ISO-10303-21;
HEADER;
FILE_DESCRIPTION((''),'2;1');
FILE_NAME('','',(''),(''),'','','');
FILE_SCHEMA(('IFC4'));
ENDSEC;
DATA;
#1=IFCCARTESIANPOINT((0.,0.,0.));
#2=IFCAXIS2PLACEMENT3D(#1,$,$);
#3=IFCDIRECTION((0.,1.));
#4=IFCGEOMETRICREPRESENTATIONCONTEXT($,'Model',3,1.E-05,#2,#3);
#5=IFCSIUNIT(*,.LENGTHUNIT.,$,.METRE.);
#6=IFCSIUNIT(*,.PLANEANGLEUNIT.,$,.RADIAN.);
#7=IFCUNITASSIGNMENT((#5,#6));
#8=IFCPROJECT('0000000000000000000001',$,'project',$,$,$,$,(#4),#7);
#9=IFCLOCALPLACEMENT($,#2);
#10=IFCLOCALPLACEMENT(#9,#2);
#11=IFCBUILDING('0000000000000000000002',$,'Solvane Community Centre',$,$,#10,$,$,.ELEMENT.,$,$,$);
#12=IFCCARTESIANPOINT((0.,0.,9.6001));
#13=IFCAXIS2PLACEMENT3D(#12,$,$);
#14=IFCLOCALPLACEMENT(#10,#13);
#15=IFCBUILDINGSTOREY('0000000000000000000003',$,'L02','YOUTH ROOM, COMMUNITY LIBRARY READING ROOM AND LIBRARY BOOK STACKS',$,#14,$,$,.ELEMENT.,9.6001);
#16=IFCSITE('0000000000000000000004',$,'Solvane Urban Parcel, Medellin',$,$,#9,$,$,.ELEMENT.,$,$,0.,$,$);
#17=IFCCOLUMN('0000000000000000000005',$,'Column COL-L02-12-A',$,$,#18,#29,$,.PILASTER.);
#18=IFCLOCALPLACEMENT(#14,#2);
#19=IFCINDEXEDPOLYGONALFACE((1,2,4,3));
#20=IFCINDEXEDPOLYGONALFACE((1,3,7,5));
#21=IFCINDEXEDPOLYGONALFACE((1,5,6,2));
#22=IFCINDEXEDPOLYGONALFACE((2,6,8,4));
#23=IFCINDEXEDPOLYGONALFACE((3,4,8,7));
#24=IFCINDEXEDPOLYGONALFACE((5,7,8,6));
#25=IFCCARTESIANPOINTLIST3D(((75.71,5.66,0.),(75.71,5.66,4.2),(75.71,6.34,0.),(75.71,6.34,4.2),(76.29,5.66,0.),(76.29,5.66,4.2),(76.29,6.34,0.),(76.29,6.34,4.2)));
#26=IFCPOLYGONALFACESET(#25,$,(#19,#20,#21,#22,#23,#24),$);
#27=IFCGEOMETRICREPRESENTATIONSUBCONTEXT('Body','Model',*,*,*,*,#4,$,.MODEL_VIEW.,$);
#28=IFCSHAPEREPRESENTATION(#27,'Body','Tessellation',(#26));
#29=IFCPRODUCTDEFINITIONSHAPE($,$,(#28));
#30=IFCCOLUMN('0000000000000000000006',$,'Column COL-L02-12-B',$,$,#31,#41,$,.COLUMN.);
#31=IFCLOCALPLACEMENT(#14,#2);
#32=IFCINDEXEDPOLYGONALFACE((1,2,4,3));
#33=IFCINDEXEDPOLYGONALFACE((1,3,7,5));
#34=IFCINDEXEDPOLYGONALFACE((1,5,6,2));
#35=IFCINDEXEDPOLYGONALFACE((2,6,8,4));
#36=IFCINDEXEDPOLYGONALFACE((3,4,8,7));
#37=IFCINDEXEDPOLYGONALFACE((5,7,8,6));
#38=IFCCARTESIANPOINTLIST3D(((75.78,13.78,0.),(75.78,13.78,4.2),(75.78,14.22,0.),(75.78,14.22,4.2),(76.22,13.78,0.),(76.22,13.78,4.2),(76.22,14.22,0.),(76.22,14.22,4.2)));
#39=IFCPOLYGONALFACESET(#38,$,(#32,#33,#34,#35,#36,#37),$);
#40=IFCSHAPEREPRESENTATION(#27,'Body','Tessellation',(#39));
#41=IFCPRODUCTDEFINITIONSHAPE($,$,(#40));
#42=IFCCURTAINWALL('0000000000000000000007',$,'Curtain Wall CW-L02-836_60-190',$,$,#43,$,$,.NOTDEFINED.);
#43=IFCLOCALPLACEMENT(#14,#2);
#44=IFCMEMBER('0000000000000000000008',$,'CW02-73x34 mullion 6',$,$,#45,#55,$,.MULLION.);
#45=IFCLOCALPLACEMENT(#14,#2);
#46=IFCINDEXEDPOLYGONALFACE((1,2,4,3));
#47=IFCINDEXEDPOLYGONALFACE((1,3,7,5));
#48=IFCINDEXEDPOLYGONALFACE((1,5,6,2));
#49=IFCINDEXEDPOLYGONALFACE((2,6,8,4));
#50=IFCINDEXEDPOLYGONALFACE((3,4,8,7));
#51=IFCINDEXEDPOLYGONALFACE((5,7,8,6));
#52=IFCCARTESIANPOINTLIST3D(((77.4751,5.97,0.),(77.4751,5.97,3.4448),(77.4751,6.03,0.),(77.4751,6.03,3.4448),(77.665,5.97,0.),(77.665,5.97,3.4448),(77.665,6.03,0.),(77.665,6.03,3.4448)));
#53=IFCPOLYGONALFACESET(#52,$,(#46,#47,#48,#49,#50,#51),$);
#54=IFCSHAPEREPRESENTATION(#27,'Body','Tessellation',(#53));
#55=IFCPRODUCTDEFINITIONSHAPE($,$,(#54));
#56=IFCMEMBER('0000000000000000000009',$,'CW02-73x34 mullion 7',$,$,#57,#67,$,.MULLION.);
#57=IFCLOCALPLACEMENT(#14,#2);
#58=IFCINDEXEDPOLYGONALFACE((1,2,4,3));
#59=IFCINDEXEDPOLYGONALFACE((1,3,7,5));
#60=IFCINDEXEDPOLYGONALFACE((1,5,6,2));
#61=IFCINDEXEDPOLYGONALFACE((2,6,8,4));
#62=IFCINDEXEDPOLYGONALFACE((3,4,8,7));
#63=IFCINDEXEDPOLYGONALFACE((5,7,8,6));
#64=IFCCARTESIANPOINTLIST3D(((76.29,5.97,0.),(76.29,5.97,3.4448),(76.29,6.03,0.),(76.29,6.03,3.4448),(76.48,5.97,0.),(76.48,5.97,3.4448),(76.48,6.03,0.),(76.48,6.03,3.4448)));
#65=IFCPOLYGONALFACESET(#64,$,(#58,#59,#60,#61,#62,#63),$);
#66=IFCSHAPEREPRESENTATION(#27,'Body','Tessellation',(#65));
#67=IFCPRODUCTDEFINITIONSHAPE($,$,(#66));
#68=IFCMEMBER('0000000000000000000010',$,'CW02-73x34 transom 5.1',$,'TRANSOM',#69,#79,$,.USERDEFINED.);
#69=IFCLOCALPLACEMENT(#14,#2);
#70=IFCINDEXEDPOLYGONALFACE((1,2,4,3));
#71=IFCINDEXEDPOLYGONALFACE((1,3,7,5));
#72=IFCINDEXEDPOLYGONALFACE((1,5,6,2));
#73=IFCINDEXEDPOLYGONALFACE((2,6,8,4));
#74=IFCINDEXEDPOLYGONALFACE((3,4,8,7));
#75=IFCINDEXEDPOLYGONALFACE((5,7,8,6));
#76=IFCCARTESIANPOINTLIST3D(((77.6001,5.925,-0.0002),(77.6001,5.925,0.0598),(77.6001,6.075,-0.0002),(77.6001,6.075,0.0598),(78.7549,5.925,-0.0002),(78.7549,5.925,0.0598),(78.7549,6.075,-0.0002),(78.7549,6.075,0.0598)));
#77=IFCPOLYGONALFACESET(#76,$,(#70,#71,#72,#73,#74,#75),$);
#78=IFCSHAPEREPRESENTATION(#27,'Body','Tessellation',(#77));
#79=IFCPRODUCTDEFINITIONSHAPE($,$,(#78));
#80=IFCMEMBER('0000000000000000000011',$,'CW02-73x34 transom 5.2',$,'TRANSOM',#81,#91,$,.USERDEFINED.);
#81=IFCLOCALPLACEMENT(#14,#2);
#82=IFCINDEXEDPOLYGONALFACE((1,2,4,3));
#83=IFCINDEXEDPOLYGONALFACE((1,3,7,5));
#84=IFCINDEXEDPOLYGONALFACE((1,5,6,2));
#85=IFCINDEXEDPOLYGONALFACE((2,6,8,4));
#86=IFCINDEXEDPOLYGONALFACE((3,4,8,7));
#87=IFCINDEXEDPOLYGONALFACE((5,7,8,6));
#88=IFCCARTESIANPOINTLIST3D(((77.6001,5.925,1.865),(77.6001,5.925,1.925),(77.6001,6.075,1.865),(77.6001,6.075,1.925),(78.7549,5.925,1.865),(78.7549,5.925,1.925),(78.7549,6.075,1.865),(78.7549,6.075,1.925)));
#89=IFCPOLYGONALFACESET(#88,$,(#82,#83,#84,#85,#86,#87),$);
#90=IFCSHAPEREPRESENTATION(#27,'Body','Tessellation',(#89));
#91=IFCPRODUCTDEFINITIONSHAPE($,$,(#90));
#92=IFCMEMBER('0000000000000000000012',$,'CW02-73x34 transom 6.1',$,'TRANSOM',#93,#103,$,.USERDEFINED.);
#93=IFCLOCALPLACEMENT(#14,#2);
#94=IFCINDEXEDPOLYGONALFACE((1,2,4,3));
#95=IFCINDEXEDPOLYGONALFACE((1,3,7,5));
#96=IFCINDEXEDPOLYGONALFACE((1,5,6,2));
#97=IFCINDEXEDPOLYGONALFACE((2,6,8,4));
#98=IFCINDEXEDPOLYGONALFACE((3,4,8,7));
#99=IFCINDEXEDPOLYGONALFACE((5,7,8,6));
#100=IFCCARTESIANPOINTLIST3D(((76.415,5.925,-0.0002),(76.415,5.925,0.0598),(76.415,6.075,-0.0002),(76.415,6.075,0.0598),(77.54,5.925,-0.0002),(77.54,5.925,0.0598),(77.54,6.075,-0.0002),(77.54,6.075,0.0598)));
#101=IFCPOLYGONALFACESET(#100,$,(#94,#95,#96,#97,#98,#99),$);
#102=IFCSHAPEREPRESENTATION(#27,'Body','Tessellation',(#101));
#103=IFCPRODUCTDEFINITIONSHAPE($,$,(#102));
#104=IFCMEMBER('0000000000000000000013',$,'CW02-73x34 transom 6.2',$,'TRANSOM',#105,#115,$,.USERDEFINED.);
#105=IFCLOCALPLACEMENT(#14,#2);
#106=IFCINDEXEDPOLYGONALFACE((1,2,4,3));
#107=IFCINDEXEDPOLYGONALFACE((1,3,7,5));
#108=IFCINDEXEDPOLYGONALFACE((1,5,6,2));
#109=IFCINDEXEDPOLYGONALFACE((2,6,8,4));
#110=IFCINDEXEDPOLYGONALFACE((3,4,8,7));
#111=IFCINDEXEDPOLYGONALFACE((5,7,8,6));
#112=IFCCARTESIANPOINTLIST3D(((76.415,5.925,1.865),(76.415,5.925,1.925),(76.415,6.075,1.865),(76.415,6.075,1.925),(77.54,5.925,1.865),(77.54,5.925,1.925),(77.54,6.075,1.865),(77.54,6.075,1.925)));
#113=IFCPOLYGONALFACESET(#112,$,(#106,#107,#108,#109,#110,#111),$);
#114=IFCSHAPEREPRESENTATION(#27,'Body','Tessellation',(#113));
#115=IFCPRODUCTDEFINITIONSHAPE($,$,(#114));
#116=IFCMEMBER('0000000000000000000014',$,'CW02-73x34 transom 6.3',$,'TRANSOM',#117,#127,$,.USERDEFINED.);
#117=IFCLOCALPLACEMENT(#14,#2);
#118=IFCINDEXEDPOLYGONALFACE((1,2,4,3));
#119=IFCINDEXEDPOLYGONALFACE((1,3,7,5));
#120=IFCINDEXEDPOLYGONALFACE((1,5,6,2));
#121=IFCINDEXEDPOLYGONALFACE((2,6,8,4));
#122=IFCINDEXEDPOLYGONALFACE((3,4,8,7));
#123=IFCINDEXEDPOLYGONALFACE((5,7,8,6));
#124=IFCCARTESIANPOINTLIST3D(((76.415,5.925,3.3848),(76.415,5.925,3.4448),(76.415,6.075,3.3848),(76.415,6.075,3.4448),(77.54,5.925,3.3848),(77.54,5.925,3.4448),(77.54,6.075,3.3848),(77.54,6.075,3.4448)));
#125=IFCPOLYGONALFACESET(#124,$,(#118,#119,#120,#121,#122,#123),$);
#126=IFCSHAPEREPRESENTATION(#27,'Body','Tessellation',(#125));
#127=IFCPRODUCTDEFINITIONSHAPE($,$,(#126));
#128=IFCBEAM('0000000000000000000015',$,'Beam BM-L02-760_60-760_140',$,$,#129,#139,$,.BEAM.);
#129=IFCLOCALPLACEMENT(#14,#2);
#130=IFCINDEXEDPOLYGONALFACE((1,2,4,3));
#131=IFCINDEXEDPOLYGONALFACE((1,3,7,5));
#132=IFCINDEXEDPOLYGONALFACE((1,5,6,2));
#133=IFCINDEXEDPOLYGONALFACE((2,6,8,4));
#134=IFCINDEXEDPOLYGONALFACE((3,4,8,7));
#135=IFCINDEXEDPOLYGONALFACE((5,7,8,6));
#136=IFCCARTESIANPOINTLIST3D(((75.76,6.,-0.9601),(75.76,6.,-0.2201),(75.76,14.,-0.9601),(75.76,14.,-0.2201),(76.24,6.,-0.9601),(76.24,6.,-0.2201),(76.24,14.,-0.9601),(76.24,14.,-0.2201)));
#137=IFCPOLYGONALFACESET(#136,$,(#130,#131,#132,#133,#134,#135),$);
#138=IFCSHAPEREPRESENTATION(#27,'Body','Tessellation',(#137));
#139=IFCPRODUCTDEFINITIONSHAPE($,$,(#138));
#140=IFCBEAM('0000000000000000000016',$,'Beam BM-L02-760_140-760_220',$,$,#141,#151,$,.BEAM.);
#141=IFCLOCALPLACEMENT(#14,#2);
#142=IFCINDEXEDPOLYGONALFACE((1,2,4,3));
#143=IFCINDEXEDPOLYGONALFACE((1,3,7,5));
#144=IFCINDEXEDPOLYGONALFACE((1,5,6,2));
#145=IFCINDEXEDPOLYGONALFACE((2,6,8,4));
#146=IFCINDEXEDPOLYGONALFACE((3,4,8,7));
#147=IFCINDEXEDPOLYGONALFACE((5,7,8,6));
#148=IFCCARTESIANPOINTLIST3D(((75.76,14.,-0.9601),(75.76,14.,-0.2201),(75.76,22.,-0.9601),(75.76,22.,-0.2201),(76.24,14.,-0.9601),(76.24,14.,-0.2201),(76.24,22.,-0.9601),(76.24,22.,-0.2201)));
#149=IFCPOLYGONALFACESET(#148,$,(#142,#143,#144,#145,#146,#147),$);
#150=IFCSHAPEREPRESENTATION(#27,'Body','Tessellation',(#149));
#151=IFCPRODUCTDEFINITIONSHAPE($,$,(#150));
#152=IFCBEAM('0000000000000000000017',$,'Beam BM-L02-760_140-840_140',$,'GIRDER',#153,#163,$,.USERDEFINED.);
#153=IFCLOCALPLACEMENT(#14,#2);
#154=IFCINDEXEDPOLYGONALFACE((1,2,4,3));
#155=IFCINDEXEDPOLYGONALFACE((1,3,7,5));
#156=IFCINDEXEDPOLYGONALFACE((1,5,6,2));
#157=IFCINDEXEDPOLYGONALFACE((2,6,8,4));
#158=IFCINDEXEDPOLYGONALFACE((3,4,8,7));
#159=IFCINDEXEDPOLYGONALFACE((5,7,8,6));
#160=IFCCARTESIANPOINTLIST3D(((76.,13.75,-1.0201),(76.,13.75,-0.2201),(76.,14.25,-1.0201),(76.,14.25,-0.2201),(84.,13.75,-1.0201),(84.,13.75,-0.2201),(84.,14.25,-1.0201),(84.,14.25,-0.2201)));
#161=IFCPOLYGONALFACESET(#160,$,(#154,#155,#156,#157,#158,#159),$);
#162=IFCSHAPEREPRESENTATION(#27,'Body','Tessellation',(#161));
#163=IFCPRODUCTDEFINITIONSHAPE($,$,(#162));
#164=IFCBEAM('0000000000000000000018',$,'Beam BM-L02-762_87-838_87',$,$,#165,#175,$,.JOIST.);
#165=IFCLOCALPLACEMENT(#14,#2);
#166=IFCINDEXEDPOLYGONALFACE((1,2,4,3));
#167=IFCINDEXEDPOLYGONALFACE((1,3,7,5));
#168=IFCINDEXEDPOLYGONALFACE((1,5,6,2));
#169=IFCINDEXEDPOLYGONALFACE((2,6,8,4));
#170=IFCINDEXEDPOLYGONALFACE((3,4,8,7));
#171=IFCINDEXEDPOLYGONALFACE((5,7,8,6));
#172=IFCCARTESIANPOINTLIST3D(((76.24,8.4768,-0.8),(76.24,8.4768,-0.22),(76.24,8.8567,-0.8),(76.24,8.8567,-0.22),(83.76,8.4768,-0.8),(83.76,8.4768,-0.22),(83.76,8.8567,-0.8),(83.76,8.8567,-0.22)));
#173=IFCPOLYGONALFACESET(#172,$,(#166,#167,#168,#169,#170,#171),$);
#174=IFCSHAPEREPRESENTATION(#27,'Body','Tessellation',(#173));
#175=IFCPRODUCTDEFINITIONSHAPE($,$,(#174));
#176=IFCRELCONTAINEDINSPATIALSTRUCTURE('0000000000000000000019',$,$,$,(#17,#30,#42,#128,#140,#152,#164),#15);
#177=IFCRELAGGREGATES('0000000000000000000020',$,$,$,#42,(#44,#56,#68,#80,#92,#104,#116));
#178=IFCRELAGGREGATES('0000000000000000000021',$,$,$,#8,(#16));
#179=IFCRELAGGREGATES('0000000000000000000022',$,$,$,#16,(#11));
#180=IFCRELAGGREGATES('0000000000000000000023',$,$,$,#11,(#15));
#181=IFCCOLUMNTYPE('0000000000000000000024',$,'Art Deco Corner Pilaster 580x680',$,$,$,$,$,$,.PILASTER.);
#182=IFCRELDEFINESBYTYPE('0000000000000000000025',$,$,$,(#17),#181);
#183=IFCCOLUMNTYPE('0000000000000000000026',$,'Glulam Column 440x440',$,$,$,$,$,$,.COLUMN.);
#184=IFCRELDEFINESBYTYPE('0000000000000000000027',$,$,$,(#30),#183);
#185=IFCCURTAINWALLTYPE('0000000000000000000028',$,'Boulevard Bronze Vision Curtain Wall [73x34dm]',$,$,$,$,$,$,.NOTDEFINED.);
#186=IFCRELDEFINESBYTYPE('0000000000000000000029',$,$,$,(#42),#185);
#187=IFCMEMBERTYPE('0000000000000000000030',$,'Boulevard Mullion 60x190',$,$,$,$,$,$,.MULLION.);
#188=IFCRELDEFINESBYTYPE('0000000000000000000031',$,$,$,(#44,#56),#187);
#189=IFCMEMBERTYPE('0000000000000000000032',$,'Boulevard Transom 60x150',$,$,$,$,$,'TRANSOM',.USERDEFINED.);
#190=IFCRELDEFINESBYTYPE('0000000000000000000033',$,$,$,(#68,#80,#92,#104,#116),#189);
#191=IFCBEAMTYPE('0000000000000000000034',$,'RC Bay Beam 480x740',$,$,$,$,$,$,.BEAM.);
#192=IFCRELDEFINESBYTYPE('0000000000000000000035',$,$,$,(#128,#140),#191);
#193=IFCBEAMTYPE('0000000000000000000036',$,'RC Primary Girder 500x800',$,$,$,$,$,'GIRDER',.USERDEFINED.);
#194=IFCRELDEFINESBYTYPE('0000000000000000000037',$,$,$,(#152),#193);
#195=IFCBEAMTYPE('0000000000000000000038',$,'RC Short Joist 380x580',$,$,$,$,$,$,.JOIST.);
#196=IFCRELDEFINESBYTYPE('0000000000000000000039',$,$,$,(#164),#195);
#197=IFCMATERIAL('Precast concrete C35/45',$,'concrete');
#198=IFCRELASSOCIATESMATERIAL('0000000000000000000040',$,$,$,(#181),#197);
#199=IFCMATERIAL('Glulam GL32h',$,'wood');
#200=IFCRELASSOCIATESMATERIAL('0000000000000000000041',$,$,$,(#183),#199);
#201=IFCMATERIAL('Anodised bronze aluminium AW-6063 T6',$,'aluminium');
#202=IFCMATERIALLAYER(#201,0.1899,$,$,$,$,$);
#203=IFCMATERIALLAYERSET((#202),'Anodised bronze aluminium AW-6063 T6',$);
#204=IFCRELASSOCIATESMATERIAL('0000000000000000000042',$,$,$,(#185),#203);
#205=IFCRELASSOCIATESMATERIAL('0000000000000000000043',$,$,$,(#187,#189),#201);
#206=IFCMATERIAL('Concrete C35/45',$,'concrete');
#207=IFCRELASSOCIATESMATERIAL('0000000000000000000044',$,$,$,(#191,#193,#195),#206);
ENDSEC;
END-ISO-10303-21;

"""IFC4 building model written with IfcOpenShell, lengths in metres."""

from ifc_helpers import new_model, si_unit, direction, frame, origin, origin_2d, place, context, subcontext, project, spatial, rectangle, extrude, material, layer, layer_set, material_profile, profile_set, type_object, element, aggregate, save


model = new_model("IFC4")

# Units and contexts
model_context = context("Model", 3, precision=1e-05, world=origin(), true_north=direction((0.0, 1.0)))
body_context = subcontext(model_context, "Body", "Model", "MODEL_VIEW")
ifc_project = project(units=[si_unit("LENGTHUNIT", "METRE"), si_unit("PLANEANGLEUNIT", "RADIAN")], contexts=[model_context])

# Site, building, storey
site_placement = place(None, origin())
site = spatial("IfcSite", under=ifc_project, at=site_placement, Name="Solvane Urban Parcel, Medellin", CompositionType="ELEMENT", RefElevation=0.0)
building_placement = place(site_placement, origin())
building = spatial("IfcBuilding", under=site, at=building_placement, Name="Solvane Community Centre", CompositionType="ELEMENT")
storey_placement = place(building_placement, frame((0.0, 0.0, 9.6001)))
storey = spatial("IfcBuildingStorey", under=building, at=storey_placement, Name="L02", Description="YOUTH ROOM, COMMUNITY LIBRARY READING ROOM AND LIBRARY BOOK STACKS", CompositionType="ELEMENT", Elevation=9.6001)

# Columns
ifc_material_1 = material(Name="Precast concrete C35/45", Category="concrete")
ifc_material_profile_1 = material_profile(ifc_material_1, rectangle(XDim=0.5801, YDim=0.6799, at=origin_2d()), Name="RC 580x680")
ifc_profile_set_1 = profile_set([ifc_material_profile_1], Name="Precast concrete C35/45")
column_type_1 = type_object("IfcColumnType", Name="Art Deco Corner Pilaster 580x680", PredefinedType="PILASTER", material=ifc_profile_set_1)
column_1_placement = place(storey_placement, frame((76.0, 6.0, 0.0), z_axis=(0.0, 0.0, 1.0), x_axis=(1.0, 0.0, 0.0)))
element("IfcColumn", 1, at=column_1_placement, inside=storey, type_object=column_type_1, Name="Column COL-L02-12-A", PredefinedType="PILASTER", context=body_context, shape_type="SweptSolid", body=[
    extrude(rectangle(XDim=0.5801, YDim=0.6799, at=origin_2d()), origin(), (0.0, 0.0, 1.0), 4.2),
])
ifc_material_2 = material(Name="Glulam GL32h", Category="wood")
ifc_material_profile_2 = material_profile(ifc_material_2, rectangle(XDim=0.4399, YDim=0.4399, at=origin_2d()), Name="GL32h 440x440")
ifc_profile_set_2 = profile_set([ifc_material_profile_2], Name="Glulam GL32h")
column_type_2 = type_object("IfcColumnType", Name="Glulam Column 440x440", PredefinedType="COLUMN", material=ifc_profile_set_2)
column_2_placement = place(storey_placement, frame((76.0, 14.0, 0.0), z_axis=(0.0, 0.0, 1.0), x_axis=(1.0, 0.0, 0.0)))
element("IfcColumn", 2, at=column_2_placement, inside=storey, type_object=column_type_2, Name="Column COL-L02-12-B", PredefinedType="COLUMN", context=body_context, shape_type="SweptSolid", body=[
    extrude(rectangle(XDim=0.4399, YDim=0.4399, at=origin_2d()), origin(), (0.0, 0.0, 1.0), 4.2),
])

# Curtain wall, members
ifc_material_3 = material(Name="Anodised bronze aluminium AW-6063 T6", Category="aluminium")
ifc_layer_1 = layer(ifc_material_3, 0.1899)
ifc_layer_set_1 = layer_set([ifc_layer_1], Name="Anodised bronze aluminium AW-6063 T6")
curtain_wall_type = type_object("IfcCurtainWallType", Name="Boulevard Bronze Vision Curtain Wall [73x34dm]", PredefinedType="NOTDEFINED", material=ifc_layer_set_1)
curtain_wall_placement = place(storey_placement, origin())
curtain_wall = element("IfcCurtainWall", 3, at=curtain_wall_placement, inside=storey, type_object=curtain_wall_type, Name="Curtain Wall CW-L02-836_60-190", PredefinedType="NOTDEFINED")
ifc_material_profile_3 = material_profile(ifc_material_3, rectangle(XDim=0.0601, YDim=0.1899, at=origin_2d()), Name="CW-M 60x190")
ifc_profile_set_3 = profile_set([ifc_material_profile_3], Name="Anodised bronze aluminium AW-6063 T6")
member_type_1 = type_object("IfcMemberType", Name="Boulevard Mullion 60x190", PredefinedType="MULLION", material=ifc_profile_set_3)
member_1_placement = place(storey_placement, frame((77.5701, 6.0, 0.0), z_axis=(0.0, 0.0, 1.0), x_axis=(0.0, -1.0, 0.0)))
member_1 = element("IfcMember", 4, at=member_1_placement, type_object=member_type_1, Name="CW02-73x34 mullion 6", PredefinedType="MULLION", context=body_context, shape_type="SweptSolid", body=[
    extrude(rectangle(XDim=0.0601, YDim=0.1899, at=origin_2d()), origin(), (0.0, 0.0, 1.0), 3.4448),
])
member_2_placement = place(storey_placement, frame((76.385, 6.0, 0.0), z_axis=(0.0, 0.0, 1.0), x_axis=(0.0, -1.0, 0.0)))
member_2 = element("IfcMember", 5, at=member_2_placement, type_object=member_type_1, Name="CW02-73x34 mullion 7", PredefinedType="MULLION", context=body_context, shape_type="SweptSolid", body=[
    extrude(rectangle(XDim=0.0601, YDim=0.1899, at=origin_2d()), origin(), (0.0, 0.0, 1.0), 3.4448),
])
ifc_material_profile_4 = material_profile(ifc_material_3, rectangle(XDim=0.1499, YDim=0.0601, at=origin_2d()), Name="CW-T 60x150")
ifc_profile_set_4 = profile_set([ifc_material_profile_4], Name="Anodised bronze aluminium AW-6063 T6")
member_type_2 = type_object("IfcMemberType", Name="Boulevard Transom 60x150", ElementType="TRANSOM", PredefinedType="USERDEFINED", material=ifc_profile_set_4)
member_3_placement = place(storey_placement, frame((78.7549, 6.0, 0.0298), z_axis=(-1.0, 0.0, 0.0), x_axis=(0.0, -1.0, 0.0)))
member_3 = element("IfcMember", 6, at=member_3_placement, type_object=member_type_2, Name="CW02-73x34 transom 5.1", ObjectType="TRANSOM", PredefinedType="USERDEFINED", context=body_context, shape_type="SweptSolid", body=[
    extrude(rectangle(XDim=0.1499, YDim=0.0601, at=origin_2d()), origin(), (0.0, 0.0, 1.0), 1.1548),
])
member_4_placement = place(storey_placement, frame((78.7549, 6.0, 1.895), z_axis=(-1.0, 0.0, 0.0), x_axis=(0.0, -1.0, 0.0)))
member_4 = element("IfcMember", 7, at=member_4_placement, type_object=member_type_2, Name="CW02-73x34 transom 5.2", ObjectType="TRANSOM", PredefinedType="USERDEFINED", context=body_context, shape_type="SweptSolid", body=[
    extrude(rectangle(XDim=0.1499, YDim=0.0601, at=origin_2d()), origin(), (0.0, 0.0, 1.0), 1.1548),
])
member_5_placement = place(storey_placement, frame((77.54, 6.0, 0.0298), z_axis=(-1.0, 0.0, 0.0), x_axis=(0.0, -1.0, 0.0)))
member_5 = element("IfcMember", 8, at=member_5_placement, type_object=member_type_2, Name="CW02-73x34 transom 6.1", ObjectType="TRANSOM", PredefinedType="USERDEFINED", context=body_context, shape_type="SweptSolid", body=[
    extrude(rectangle(XDim=0.1499, YDim=0.0601, at=origin_2d()), origin(), (0.0, 0.0, 1.0), 1.125),
])
member_6_placement = place(storey_placement, frame((77.54, 6.0, 1.895), z_axis=(-1.0, 0.0, 0.0), x_axis=(0.0, -1.0, 0.0)))
member_6 = element("IfcMember", 9, at=member_6_placement, type_object=member_type_2, Name="CW02-73x34 transom 6.2", ObjectType="TRANSOM", PredefinedType="USERDEFINED", context=body_context, shape_type="SweptSolid", body=[
    extrude(rectangle(XDim=0.1499, YDim=0.0601, at=origin_2d()), origin(), (0.0, 0.0, 1.0), 1.125),
])
member_7_placement = place(storey_placement, frame((77.54, 6.0, 3.4148), z_axis=(-1.0, 0.0, 0.0), x_axis=(0.0, -1.0, 0.0)))
member_7 = element("IfcMember", 10, at=member_7_placement, type_object=member_type_2, Name="CW02-73x34 transom 6.3", ObjectType="TRANSOM", PredefinedType="USERDEFINED", context=body_context, shape_type="SweptSolid", body=[
    extrude(rectangle(XDim=0.1499, YDim=0.0601, at=origin_2d()), origin(), (0.0, 0.0, 1.0), 1.125),
])

# Beams
ifc_material_4 = material(Name="Concrete C35/45", Category="concrete")
ifc_material_profile_5 = material_profile(ifc_material_4, rectangle(XDim=0.48, YDim=0.74, at=origin_2d()), Name="RC 480x740")
ifc_profile_set_5 = profile_set([ifc_material_profile_5], Name="Concrete C35/45")
beam_type_1 = type_object("IfcBeamType", Name="RC Bay Beam 480x740", PredefinedType="BEAM", material=ifc_profile_set_5)
for number, where, z_axis, x_axis, name in (
    (11, (76.0, 6.0, -0.5901), (0.0, 1.0, 0.0), (-1.0, 0.0, 0.0), "Beam BM-L02-760_60-760_140"),
    (12, (76.0, 14.0, -0.5901), (0.0, 1.0, 0.0), (-1.0, 0.0, 0.0), "Beam BM-L02-760_140-760_220"),
):
    element("IfcBeam", number, at=place(storey_placement, frame(where, z_axis=z_axis, x_axis=x_axis)), inside=storey, type_object=beam_type_1, Name=name, PredefinedType="BEAM", context=body_context, shape_type="SweptSolid", body=[
        extrude(rectangle(XDim=0.48, YDim=0.74, at=origin_2d()), origin(), (0.0, 0.0, 1.0), 8.0),
    ])
ifc_material_profile_6 = material_profile(ifc_material_4, rectangle(XDim=0.5, YDim=0.8, at=origin_2d()), Name="RC 500x800")
ifc_profile_set_6 = profile_set([ifc_material_profile_6], Name="Concrete C35/45")
beam_type_2 = type_object("IfcBeamType", Name="RC Primary Girder 500x800", ElementType="GIRDER", PredefinedType="USERDEFINED", material=ifc_profile_set_6)
beam_1_placement = place(storey_placement, frame((76.0, 14.0, -0.6201), z_axis=(1.0, 0.0, 0.0), x_axis=(0.0, 1.0, 0.0)))
element("IfcBeam", 13, at=beam_1_placement, inside=storey, type_object=beam_type_2, Name="Beam BM-L02-760_140-840_140", ObjectType="GIRDER", PredefinedType="USERDEFINED", context=body_context, shape_type="SweptSolid", body=[
    extrude(rectangle(XDim=0.5, YDim=0.8, at=origin_2d()), origin(), (0.0, 0.0, 1.0), 8.0),
])
ifc_material_profile_7 = material_profile(ifc_material_4, rectangle(XDim=0.3799, YDim=0.5801, at=origin_2d()), Name="RC 380x580")
ifc_profile_set_7 = profile_set([ifc_material_profile_7], Name="Concrete C35/45")
beam_type_3 = type_object("IfcBeamType", Name="RC Short Joist 380x580", PredefinedType="JOIST", material=ifc_profile_set_7)
beam_2_placement = place(storey_placement, frame((76.24, 8.6667, -0.51), z_axis=(1.0, 0.0, 0.0), x_axis=(0.0, 1.0, 0.0)))
element("IfcBeam", 14, at=beam_2_placement, inside=storey, type_object=beam_type_3, Name="Beam BM-L02-762_87-838_87", PredefinedType="JOIST", context=body_context, shape_type="SweptSolid", body=[
    extrude(rectangle(XDim=0.3799, YDim=0.5801, at=origin_2d()), origin(), (0.0, 0.0, 1.0), 7.52),
])

aggregate(curtain_wall, [member_1, member_2, member_3, member_4, member_5, member_6, member_7])

save(model, "model.ifc")
